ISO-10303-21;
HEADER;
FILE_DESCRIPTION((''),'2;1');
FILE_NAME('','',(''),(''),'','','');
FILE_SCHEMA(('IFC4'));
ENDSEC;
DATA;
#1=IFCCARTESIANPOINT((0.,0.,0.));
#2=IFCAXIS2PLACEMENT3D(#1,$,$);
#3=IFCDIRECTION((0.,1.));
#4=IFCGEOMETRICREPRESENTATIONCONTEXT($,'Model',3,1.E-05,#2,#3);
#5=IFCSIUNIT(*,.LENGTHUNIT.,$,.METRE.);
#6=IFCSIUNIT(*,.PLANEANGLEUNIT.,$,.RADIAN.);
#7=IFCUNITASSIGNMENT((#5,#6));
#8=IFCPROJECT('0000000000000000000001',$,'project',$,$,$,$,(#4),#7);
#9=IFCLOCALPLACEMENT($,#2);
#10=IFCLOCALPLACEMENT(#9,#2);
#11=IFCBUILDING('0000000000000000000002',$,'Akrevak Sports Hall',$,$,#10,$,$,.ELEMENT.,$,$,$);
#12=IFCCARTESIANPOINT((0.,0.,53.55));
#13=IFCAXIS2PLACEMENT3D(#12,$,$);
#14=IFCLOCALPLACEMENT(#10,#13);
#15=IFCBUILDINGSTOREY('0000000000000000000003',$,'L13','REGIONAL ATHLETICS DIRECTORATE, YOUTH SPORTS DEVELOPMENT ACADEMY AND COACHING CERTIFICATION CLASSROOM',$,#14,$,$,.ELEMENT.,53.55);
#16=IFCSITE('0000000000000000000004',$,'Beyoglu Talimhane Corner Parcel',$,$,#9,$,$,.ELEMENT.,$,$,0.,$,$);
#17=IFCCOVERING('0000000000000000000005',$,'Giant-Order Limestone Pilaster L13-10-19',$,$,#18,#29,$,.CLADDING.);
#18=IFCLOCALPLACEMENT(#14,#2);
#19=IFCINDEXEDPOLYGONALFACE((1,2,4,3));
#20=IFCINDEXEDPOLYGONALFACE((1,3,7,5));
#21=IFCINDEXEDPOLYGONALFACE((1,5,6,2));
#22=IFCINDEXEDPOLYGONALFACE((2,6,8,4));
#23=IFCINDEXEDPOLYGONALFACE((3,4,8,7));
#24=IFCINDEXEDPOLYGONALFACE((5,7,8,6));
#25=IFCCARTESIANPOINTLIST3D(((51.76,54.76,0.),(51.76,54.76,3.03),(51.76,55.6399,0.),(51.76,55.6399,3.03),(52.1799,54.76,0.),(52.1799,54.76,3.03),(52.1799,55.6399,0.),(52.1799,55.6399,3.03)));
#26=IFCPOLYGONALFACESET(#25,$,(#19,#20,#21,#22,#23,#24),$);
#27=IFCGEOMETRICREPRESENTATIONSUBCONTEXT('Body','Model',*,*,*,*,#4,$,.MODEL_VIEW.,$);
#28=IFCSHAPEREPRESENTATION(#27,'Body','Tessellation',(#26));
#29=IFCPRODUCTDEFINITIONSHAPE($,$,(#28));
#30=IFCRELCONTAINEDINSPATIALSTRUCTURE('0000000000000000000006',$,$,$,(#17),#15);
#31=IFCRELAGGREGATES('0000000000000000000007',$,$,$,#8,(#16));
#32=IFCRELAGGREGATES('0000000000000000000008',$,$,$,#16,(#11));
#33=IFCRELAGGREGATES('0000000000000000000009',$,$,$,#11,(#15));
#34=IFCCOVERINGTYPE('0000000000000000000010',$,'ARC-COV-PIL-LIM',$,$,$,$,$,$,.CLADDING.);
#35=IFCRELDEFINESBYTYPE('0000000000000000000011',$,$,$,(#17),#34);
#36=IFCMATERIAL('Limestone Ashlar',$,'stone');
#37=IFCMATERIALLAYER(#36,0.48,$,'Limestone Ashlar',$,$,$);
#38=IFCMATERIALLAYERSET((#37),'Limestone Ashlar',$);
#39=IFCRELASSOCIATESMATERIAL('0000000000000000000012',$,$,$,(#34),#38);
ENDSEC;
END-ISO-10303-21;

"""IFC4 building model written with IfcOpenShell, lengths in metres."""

from ifc_helpers import new_model, si_unit, direction, frame, origin, origin_2d, place, context, subcontext, project, spatial, rectangle, extrude, material, layer, layer_set, type_object, element, save


model = new_model("IFC4")

# Units and contexts
model_context = context("Model", 3, precision=1e-05, world=origin(), true_north=direction((0.0, 1.0)))
body_context = subcontext(model_context, "Body", "Model", "MODEL_VIEW")
ifc_project = project(units=[si_unit("LENGTHUNIT", "METRE"), si_unit("PLANEANGLEUNIT", "RADIAN")], contexts=[model_context])

# Site, building, storey
site_placement = place(None, origin())
site = spatial("IfcSite", under=ifc_project, at=site_placement, Name="Beyoglu Talimhane Corner Parcel", CompositionType="ELEMENT", RefElevation=0.0)
building_placement = place(site_placement, origin())
building = spatial("IfcBuilding", under=site, at=building_placement, Name="Akrevak Sports Hall", CompositionType="ELEMENT")
storey_placement = place(building_placement, frame((0.0, 0.0, 53.55)))
storey = spatial("IfcBuildingStorey", under=building, at=storey_placement, Name="L13", Description="REGIONAL ATHLETICS DIRECTORATE, YOUTH SPORTS DEVELOPMENT ACADEMY AND COACHING CERTIFICATION CLASSROOM", CompositionType="ELEMENT", Elevation=53.55)

# Covering
ifc_material_1 = material(Name="Limestone Ashlar", Category="stone")
ifc_layer_1 = layer(ifc_material_1, 0.48, Name="Limestone Ashlar")
ifc_layer_set_1 = layer_set([ifc_layer_1], Name="Limestone Ashlar")
covering_type_1 = type_object("IfcCoveringType", Name="ARC-COV-PIL-LIM", PredefinedType="CLADDING", material=ifc_layer_set_1)
covering_1_placement = place(storey_placement, frame((51.97, 55.2, 0.0), z_axis=(0.0, 0.0, 1.0), x_axis=(0.0, -1.0, 0.0)))
element("IfcCovering", 1, at=covering_1_placement, inside=storey, type_object=covering_type_1, Name="Giant-Order Limestone Pilaster L13-10-19", PredefinedType="CLADDING", context=body_context, shape_type="SweptSolid", body=[
    extrude(rectangle(XDim=0.8799, YDim=0.4199, at=origin_2d()), origin(), (0.0, 0.0, 1.0), 3.03),
])

save(model, "model.ifc")
